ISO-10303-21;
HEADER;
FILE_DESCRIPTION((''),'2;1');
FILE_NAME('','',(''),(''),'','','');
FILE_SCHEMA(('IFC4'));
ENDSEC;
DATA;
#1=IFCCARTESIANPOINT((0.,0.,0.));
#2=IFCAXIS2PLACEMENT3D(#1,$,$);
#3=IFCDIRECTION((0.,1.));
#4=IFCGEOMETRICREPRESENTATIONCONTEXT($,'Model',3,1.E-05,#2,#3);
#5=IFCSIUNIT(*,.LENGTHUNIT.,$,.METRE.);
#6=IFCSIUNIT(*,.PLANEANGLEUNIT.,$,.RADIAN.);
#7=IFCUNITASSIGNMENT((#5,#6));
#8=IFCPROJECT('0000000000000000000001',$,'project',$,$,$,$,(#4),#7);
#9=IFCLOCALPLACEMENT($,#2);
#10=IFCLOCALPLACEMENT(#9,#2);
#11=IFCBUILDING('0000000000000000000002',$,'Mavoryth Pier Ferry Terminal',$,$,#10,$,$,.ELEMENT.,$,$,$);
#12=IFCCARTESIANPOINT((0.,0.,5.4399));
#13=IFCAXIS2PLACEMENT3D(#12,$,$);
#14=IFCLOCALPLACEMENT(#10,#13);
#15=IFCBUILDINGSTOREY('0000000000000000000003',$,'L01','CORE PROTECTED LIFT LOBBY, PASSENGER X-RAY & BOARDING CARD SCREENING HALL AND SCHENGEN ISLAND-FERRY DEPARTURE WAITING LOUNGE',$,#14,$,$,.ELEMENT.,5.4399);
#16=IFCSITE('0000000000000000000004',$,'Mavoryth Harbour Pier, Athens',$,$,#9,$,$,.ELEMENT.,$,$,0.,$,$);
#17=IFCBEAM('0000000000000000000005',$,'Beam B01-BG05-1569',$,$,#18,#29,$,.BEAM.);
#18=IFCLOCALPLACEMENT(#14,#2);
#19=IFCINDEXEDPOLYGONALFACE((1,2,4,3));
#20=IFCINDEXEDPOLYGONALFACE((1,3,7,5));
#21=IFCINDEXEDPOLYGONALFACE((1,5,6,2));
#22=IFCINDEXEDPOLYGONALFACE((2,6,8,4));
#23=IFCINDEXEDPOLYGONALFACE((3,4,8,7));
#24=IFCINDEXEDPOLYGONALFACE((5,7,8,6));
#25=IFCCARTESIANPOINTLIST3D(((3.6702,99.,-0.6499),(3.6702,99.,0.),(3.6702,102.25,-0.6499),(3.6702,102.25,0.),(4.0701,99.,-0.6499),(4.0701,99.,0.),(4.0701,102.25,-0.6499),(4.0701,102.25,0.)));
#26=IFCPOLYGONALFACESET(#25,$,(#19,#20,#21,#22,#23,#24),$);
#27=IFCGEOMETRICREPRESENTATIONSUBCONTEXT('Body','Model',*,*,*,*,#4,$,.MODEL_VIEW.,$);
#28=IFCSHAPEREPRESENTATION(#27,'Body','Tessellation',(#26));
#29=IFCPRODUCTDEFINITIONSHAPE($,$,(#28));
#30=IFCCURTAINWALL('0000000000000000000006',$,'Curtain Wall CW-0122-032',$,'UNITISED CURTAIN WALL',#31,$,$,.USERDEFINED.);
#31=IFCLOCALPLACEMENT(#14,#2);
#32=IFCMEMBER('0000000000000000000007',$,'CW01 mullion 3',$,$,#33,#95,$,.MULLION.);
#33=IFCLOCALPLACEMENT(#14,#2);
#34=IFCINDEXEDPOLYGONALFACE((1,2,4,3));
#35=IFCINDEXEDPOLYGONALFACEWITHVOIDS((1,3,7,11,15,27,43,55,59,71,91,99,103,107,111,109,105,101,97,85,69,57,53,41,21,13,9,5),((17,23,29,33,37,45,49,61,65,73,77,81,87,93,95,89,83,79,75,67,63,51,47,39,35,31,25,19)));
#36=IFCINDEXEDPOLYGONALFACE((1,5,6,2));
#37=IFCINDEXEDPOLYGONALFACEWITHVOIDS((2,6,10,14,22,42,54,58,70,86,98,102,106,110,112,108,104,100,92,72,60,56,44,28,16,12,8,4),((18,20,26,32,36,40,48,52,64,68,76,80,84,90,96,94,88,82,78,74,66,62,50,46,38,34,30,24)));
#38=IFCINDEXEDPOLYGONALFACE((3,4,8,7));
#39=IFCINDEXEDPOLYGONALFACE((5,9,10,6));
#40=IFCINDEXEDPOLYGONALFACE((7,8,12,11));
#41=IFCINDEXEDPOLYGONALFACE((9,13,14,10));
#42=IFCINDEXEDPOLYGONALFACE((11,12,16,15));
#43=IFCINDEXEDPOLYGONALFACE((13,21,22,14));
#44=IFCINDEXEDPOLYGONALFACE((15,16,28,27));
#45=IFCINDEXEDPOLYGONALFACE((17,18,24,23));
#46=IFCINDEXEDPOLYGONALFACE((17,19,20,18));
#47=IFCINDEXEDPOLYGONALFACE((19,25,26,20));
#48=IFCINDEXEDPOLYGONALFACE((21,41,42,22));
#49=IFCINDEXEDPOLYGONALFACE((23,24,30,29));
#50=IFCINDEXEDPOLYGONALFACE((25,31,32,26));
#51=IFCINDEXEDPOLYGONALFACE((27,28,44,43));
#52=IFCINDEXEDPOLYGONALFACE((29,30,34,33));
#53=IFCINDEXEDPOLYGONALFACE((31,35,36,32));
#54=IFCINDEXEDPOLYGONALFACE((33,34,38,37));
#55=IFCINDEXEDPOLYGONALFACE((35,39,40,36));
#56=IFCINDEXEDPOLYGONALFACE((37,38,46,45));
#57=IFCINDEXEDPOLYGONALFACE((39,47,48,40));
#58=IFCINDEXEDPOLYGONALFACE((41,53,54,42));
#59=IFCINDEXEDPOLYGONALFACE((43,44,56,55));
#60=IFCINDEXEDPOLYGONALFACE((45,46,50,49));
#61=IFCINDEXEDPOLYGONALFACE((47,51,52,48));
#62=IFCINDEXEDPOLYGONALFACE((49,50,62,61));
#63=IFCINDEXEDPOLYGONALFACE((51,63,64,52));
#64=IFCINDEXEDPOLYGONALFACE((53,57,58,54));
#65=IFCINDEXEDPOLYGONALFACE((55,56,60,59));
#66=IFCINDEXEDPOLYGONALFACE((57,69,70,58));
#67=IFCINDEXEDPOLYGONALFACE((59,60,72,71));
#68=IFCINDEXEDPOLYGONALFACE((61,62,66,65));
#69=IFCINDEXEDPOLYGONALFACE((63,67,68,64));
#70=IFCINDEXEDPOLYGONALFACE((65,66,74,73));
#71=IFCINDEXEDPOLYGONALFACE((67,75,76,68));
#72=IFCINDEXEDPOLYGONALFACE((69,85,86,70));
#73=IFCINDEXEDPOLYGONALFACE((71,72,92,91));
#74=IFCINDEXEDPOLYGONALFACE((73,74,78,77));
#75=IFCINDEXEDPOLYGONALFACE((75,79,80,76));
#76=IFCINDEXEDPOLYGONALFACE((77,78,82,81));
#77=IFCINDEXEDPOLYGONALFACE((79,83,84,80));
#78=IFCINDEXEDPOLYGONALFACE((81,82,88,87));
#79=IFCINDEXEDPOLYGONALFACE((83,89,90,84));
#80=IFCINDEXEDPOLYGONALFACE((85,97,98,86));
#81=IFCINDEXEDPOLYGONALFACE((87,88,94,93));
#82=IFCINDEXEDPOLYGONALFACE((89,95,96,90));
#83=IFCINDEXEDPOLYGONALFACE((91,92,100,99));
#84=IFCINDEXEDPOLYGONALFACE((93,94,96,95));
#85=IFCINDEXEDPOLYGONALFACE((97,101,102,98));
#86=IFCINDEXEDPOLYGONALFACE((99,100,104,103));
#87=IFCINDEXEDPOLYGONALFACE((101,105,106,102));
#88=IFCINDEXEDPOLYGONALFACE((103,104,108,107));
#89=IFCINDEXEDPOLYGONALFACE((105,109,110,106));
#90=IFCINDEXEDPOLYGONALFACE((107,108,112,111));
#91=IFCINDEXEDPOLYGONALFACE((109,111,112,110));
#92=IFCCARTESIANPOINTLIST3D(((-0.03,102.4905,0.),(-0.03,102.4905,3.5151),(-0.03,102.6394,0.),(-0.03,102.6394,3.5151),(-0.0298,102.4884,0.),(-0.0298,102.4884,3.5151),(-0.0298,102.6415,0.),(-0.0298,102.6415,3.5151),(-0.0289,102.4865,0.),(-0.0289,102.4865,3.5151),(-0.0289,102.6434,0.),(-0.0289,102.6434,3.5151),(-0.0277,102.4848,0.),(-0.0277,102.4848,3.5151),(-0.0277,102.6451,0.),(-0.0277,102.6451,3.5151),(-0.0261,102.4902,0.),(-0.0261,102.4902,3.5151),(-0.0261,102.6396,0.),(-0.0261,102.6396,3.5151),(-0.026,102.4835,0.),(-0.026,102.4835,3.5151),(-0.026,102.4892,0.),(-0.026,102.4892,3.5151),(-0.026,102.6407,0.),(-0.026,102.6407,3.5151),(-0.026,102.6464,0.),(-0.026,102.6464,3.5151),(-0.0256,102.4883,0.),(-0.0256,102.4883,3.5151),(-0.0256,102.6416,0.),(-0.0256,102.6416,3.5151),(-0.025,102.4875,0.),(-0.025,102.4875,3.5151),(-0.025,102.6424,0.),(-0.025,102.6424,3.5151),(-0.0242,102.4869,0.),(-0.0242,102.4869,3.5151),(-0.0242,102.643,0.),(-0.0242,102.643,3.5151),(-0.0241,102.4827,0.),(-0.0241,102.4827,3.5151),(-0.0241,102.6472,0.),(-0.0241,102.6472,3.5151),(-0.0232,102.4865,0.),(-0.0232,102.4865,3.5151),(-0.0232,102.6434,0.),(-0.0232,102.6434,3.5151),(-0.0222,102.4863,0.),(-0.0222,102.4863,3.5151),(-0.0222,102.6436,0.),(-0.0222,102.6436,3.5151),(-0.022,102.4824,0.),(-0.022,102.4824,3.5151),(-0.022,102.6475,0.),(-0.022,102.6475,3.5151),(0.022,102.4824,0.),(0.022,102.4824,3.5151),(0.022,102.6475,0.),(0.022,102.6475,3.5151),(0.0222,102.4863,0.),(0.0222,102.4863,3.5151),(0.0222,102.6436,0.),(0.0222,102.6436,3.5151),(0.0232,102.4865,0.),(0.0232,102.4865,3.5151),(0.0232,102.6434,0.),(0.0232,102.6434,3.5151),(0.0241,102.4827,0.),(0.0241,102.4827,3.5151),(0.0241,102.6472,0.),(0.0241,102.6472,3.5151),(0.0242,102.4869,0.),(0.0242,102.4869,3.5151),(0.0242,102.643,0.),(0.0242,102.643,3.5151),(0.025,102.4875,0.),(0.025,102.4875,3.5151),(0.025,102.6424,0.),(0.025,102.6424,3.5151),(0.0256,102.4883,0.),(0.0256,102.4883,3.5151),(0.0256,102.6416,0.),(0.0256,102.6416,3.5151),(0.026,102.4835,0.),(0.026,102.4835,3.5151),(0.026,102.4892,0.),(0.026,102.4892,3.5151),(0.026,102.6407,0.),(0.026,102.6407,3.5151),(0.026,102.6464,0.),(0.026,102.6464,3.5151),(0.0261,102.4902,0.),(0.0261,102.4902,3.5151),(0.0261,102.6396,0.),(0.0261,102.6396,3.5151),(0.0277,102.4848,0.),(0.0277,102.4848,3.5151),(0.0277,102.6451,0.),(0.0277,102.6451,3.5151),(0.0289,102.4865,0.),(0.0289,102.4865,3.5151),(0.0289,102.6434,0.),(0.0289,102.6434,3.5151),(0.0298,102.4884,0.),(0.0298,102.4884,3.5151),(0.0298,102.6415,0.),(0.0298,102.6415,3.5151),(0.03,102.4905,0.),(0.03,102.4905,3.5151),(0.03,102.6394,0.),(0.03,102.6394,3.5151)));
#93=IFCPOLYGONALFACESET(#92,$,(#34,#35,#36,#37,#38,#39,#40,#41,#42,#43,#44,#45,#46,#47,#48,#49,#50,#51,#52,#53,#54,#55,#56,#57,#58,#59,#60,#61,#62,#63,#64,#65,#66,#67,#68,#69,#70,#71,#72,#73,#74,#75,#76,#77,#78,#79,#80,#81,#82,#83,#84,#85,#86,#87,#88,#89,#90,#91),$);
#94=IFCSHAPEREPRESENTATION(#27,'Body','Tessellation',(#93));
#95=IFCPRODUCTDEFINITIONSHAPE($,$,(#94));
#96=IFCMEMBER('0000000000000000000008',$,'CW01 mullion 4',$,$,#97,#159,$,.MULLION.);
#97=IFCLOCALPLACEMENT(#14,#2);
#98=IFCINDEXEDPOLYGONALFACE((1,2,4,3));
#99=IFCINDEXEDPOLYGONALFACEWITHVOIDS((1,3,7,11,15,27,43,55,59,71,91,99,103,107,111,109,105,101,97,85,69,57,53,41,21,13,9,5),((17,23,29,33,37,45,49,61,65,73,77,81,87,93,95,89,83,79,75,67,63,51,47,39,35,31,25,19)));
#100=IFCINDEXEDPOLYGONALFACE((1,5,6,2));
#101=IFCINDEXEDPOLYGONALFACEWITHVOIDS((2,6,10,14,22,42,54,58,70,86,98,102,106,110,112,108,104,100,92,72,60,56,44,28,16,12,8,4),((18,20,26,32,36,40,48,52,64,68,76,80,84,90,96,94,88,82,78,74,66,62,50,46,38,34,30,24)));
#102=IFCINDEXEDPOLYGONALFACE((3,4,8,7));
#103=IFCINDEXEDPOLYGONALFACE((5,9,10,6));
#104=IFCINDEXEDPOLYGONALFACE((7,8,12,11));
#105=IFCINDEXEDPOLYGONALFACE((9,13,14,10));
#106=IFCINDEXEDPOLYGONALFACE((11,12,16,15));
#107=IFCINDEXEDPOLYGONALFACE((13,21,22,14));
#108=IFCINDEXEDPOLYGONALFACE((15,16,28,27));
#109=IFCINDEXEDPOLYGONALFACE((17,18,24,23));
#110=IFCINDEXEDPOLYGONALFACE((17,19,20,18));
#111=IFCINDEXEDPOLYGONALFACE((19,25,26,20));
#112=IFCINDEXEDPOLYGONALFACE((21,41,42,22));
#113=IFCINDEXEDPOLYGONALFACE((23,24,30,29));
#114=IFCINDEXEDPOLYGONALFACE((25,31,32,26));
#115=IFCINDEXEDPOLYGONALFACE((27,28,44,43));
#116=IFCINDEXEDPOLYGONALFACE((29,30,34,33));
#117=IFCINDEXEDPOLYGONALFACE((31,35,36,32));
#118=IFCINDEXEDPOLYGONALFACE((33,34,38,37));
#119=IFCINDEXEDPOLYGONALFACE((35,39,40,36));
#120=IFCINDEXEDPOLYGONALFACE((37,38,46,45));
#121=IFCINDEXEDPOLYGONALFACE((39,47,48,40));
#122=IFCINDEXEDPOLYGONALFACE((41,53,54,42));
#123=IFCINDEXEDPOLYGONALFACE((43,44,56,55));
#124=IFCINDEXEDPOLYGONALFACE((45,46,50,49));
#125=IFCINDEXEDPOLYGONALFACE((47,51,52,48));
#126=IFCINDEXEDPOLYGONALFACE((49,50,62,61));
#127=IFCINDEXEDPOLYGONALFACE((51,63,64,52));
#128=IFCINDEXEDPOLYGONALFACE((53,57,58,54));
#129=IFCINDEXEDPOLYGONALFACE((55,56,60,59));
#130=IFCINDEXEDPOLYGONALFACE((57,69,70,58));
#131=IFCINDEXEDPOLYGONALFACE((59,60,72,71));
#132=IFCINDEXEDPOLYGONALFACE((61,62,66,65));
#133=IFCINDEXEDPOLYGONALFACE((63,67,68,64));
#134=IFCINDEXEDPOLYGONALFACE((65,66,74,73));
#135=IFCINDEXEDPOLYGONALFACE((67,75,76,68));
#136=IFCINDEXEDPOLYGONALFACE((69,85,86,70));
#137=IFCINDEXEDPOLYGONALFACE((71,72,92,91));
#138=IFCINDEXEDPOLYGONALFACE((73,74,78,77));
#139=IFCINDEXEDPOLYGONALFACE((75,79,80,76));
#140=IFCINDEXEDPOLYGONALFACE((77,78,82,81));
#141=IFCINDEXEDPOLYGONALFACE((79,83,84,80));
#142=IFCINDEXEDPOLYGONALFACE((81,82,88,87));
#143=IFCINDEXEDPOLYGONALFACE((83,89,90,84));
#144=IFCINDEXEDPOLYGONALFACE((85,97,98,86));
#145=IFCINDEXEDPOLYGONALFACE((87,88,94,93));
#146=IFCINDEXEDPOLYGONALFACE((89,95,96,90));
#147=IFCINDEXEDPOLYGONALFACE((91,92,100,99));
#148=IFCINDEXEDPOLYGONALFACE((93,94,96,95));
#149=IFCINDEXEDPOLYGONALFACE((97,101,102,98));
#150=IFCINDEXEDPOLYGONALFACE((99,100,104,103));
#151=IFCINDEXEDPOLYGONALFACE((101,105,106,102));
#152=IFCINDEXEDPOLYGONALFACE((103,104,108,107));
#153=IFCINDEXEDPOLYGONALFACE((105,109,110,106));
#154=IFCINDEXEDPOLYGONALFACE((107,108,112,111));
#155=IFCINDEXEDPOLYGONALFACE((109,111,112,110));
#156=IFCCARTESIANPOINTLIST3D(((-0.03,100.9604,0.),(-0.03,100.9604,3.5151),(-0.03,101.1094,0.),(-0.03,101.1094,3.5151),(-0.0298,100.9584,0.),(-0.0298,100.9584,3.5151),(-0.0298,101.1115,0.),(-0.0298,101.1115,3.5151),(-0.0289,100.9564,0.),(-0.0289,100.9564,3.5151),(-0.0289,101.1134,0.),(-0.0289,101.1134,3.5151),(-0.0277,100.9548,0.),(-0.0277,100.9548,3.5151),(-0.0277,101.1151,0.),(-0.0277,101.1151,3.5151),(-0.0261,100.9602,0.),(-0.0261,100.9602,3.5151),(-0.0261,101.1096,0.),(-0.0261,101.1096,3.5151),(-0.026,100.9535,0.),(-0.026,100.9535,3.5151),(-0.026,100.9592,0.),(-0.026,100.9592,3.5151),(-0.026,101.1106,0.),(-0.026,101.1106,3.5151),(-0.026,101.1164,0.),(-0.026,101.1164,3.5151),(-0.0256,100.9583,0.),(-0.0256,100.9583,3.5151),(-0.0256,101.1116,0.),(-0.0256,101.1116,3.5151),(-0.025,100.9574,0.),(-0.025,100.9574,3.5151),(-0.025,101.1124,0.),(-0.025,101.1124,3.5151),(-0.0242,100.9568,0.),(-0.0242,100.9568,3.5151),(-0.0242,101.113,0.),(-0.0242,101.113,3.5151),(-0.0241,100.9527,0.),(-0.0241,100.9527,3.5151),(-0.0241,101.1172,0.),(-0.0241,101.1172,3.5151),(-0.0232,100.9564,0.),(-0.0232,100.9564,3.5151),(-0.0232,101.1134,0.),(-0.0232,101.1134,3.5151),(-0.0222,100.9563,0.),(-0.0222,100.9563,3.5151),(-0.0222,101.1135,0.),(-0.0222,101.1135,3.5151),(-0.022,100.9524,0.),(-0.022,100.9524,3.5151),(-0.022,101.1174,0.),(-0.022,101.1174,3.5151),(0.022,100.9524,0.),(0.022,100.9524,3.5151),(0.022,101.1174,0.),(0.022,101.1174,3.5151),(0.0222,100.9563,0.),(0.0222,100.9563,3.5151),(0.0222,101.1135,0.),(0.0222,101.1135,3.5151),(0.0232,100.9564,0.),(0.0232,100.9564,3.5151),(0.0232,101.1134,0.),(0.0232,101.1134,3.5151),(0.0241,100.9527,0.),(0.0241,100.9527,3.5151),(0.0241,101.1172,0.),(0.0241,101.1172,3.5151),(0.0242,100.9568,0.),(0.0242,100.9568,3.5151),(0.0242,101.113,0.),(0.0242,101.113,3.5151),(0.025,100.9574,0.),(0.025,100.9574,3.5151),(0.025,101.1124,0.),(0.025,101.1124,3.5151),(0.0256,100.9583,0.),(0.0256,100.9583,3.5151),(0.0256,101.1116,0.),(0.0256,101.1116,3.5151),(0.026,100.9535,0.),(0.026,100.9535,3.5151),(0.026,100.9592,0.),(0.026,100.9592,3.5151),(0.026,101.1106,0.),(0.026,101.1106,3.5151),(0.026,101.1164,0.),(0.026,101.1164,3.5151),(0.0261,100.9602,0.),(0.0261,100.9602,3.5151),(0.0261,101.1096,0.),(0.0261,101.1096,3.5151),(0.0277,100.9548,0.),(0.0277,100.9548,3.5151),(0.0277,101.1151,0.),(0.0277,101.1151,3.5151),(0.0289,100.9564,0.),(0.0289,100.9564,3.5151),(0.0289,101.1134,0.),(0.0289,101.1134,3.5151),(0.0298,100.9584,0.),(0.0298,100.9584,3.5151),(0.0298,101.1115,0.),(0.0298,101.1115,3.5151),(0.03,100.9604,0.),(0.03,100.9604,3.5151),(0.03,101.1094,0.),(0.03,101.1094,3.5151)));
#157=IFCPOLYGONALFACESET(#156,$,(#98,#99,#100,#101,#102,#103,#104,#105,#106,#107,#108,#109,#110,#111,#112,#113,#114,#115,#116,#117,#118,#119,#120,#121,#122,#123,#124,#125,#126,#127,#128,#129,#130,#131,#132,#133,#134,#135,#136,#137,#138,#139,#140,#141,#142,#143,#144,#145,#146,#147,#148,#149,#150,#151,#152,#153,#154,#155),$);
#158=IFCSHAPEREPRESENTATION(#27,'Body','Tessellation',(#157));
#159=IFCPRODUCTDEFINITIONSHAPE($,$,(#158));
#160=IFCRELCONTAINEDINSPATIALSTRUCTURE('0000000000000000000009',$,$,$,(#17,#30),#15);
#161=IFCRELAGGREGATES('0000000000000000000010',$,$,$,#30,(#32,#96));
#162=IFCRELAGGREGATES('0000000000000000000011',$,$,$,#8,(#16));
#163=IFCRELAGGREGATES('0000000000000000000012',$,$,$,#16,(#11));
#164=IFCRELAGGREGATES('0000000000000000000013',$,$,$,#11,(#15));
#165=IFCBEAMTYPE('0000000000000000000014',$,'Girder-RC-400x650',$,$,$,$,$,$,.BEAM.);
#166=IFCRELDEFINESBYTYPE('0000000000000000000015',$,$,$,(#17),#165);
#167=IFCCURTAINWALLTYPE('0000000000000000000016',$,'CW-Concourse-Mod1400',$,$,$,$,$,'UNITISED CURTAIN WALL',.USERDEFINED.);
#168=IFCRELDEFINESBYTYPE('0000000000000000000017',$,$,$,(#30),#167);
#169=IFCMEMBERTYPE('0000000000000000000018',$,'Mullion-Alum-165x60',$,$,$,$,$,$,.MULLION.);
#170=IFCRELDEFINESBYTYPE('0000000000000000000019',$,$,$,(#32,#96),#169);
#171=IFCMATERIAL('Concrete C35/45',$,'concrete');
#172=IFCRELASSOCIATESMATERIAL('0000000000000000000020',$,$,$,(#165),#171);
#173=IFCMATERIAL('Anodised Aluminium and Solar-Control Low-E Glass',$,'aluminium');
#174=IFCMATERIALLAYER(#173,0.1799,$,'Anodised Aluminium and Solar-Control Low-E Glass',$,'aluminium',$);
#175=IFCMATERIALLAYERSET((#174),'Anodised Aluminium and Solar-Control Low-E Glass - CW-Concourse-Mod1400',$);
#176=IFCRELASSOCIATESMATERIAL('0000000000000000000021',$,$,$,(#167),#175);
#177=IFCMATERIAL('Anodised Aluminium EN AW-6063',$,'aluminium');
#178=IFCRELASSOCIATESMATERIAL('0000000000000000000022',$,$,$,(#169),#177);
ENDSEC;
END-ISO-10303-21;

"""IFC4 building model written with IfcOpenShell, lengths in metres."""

from ifc_helpers import new_model, si_unit, direction, frame, origin, origin_2d, place, context, subcontext, project, spatial, rectangle, hollow_rectangle, extrude, material, layer, layer_set, material_profile, profile_set, type_object, element, aggregate, save


model = new_model("IFC4")

# Units and contexts
model_context = context("Model", 3, precision=1e-05, world=origin(), true_north=direction((0.0, 1.0)))
body_context = subcontext(model_context, "Body", "Model", "MODEL_VIEW")
ifc_project = project(units=[si_unit("LENGTHUNIT", "METRE"), si_unit("PLANEANGLEUNIT", "RADIAN")], contexts=[model_context])

# Site, building, storey
site_placement = place(None, origin())
site = spatial("IfcSite", under=ifc_project, at=site_placement, Name="Mavoryth Harbour Pier, Athens", CompositionType="ELEMENT", RefElevation=0.0)
building_placement = place(site_placement, origin())
building = spatial("IfcBuilding", under=site, at=building_placement, Name="Mavoryth Pier Ferry Terminal", CompositionType="ELEMENT")
storey_placement = place(building_placement, frame((0.0, 0.0, 5.4399)))
storey = spatial("IfcBuildingStorey", under=building, at=storey_placement, Name="L01", Description="CORE PROTECTED LIFT LOBBY, PASSENGER X-RAY & BOARDING CARD SCREENING HALL AND SCHENGEN ISLAND-FERRY DEPARTURE WAITING LOUNGE", CompositionType="ELEMENT", Elevation=5.4399)

# Beam
ifc_material_1 = material(Name="Concrete C35/45", Category="concrete")
ifc_material_profile_1 = material_profile(ifc_material_1, rectangle(XDim=0.3999, YDim=0.6499, at=origin_2d()), Name="RC 400x650", Category="concrete")
ifc_profile_set_1 = profile_set([ifc_material_profile_1], Name="Concrete C35/45 - RC 400x650")
beam_type_1 = type_object("IfcBeamType", Name="Girder-RC-400x650", PredefinedType="BEAM", material=ifc_profile_set_1)
beam_1_placement = place(storey_placement, frame((3.8701, 99.0, -0.325), z_axis=(0.0, 1.0, 0.0), x_axis=(-1.0, 0.0, 0.0)))
element("IfcBeam", 1, at=beam_1_placement, inside=storey, type_object=beam_type_1, Name="Beam B01-BG05-1569", PredefinedType="BEAM", context=body_context, shape_type="SweptSolid", body=[
    extrude(rectangle(XDim=0.3999, YDim=0.6499, at=origin_2d()), origin(), (0.0, 0.0, 1.0), 3.25),
])

# Curtain wall, members
ifc_material_2 = material(Name="Anodised Aluminium and Solar-Control Low-E Glass", Category="aluminium")
ifc_layer_1 = layer(ifc_material_2, 0.1799, Name="Anodised Aluminium and Solar-Control Low-E Glass", Category="aluminium")
ifc_layer_set_1 = layer_set([ifc_layer_1], Name="Anodised Aluminium and Solar-Control Low-E Glass - CW-Concourse-Mod1400")
curtain_wall_type = type_object("IfcCurtainWallType", Name="CW-Concourse-Mod1400", ElementType="UNITISED CURTAIN WALL", PredefinedType="USERDEFINED", material=ifc_layer_set_1)
curtain_wall_placement = place(storey_placement, origin())
curtain_wall = element("IfcCurtainWall", 2, at=curtain_wall_placement, inside=storey, type_object=curtain_wall_type, Name="Curtain Wall CW-0122-032", ObjectType="UNITISED CURTAIN WALL", PredefinedType="USERDEFINED")
ifc_material_3 = material(Name="Anodised Aluminium EN AW-6063", Category="aluminium")
ifc_material_profile_2 = material_profile(ifc_material_3, hollow_rectangle(XDim=0.0601, YDim=0.165, WallThickness=0.0039, InnerFilletRadius=0.0039, OuterFilletRadius=0.0081, at=origin_2d()), Name="AL-MULL 165x60x4", Category="aluminium")
ifc_profile_set_2 = profile_set([ifc_material_profile_2], Name="Anodised Aluminium EN AW-6063 - AL-MULL 165x60x4")
member_type_1 = type_object("IfcMemberType", Name="Mullion-Alum-165x60", PredefinedType="MULLION", material=ifc_profile_set_2)
member_1_placement = place(storey_placement, frame((0.0, 102.5649, 0.0), z_axis=(0.0, 0.0, 1.0), x_axis=(1.0, 0.0, 0.0)))
member_1 = element("IfcMember", 3, at=member_1_placement, type_object=member_type_1, Name="CW01 mullion 3", PredefinedType="MULLION", context=body_context, shape_type="SweptSolid", body=[
    extrude(hollow_rectangle(XDim=0.0601, YDim=0.165, WallThickness=0.0039, InnerFilletRadius=0.0039, OuterFilletRadius=0.0081, at=origin_2d()), origin(), (0.0, 0.0, 1.0), 3.5151),
])
member_2_placement = place(storey_placement, frame((0.0, 101.0349, 0.0), z_axis=(0.0, 0.0, 1.0), x_axis=(1.0, 0.0, 0.0)))
member_2 = element("IfcMember", 4, at=member_2_placement, type_object=member_type_1, Name="CW01 mullion 4", PredefinedType="MULLION", context=body_context, shape_type="SweptSolid", body=[
    extrude(hollow_rectangle(XDim=0.0601, YDim=0.165, WallThickness=0.0039, InnerFilletRadius=0.0039, OuterFilletRadius=0.0081, at=origin_2d()), origin(), (0.0, 0.0, 1.0), 3.5151),
])

aggregate(curtain_wall, [member_1, member_2])

save(model, "model.ifc")
